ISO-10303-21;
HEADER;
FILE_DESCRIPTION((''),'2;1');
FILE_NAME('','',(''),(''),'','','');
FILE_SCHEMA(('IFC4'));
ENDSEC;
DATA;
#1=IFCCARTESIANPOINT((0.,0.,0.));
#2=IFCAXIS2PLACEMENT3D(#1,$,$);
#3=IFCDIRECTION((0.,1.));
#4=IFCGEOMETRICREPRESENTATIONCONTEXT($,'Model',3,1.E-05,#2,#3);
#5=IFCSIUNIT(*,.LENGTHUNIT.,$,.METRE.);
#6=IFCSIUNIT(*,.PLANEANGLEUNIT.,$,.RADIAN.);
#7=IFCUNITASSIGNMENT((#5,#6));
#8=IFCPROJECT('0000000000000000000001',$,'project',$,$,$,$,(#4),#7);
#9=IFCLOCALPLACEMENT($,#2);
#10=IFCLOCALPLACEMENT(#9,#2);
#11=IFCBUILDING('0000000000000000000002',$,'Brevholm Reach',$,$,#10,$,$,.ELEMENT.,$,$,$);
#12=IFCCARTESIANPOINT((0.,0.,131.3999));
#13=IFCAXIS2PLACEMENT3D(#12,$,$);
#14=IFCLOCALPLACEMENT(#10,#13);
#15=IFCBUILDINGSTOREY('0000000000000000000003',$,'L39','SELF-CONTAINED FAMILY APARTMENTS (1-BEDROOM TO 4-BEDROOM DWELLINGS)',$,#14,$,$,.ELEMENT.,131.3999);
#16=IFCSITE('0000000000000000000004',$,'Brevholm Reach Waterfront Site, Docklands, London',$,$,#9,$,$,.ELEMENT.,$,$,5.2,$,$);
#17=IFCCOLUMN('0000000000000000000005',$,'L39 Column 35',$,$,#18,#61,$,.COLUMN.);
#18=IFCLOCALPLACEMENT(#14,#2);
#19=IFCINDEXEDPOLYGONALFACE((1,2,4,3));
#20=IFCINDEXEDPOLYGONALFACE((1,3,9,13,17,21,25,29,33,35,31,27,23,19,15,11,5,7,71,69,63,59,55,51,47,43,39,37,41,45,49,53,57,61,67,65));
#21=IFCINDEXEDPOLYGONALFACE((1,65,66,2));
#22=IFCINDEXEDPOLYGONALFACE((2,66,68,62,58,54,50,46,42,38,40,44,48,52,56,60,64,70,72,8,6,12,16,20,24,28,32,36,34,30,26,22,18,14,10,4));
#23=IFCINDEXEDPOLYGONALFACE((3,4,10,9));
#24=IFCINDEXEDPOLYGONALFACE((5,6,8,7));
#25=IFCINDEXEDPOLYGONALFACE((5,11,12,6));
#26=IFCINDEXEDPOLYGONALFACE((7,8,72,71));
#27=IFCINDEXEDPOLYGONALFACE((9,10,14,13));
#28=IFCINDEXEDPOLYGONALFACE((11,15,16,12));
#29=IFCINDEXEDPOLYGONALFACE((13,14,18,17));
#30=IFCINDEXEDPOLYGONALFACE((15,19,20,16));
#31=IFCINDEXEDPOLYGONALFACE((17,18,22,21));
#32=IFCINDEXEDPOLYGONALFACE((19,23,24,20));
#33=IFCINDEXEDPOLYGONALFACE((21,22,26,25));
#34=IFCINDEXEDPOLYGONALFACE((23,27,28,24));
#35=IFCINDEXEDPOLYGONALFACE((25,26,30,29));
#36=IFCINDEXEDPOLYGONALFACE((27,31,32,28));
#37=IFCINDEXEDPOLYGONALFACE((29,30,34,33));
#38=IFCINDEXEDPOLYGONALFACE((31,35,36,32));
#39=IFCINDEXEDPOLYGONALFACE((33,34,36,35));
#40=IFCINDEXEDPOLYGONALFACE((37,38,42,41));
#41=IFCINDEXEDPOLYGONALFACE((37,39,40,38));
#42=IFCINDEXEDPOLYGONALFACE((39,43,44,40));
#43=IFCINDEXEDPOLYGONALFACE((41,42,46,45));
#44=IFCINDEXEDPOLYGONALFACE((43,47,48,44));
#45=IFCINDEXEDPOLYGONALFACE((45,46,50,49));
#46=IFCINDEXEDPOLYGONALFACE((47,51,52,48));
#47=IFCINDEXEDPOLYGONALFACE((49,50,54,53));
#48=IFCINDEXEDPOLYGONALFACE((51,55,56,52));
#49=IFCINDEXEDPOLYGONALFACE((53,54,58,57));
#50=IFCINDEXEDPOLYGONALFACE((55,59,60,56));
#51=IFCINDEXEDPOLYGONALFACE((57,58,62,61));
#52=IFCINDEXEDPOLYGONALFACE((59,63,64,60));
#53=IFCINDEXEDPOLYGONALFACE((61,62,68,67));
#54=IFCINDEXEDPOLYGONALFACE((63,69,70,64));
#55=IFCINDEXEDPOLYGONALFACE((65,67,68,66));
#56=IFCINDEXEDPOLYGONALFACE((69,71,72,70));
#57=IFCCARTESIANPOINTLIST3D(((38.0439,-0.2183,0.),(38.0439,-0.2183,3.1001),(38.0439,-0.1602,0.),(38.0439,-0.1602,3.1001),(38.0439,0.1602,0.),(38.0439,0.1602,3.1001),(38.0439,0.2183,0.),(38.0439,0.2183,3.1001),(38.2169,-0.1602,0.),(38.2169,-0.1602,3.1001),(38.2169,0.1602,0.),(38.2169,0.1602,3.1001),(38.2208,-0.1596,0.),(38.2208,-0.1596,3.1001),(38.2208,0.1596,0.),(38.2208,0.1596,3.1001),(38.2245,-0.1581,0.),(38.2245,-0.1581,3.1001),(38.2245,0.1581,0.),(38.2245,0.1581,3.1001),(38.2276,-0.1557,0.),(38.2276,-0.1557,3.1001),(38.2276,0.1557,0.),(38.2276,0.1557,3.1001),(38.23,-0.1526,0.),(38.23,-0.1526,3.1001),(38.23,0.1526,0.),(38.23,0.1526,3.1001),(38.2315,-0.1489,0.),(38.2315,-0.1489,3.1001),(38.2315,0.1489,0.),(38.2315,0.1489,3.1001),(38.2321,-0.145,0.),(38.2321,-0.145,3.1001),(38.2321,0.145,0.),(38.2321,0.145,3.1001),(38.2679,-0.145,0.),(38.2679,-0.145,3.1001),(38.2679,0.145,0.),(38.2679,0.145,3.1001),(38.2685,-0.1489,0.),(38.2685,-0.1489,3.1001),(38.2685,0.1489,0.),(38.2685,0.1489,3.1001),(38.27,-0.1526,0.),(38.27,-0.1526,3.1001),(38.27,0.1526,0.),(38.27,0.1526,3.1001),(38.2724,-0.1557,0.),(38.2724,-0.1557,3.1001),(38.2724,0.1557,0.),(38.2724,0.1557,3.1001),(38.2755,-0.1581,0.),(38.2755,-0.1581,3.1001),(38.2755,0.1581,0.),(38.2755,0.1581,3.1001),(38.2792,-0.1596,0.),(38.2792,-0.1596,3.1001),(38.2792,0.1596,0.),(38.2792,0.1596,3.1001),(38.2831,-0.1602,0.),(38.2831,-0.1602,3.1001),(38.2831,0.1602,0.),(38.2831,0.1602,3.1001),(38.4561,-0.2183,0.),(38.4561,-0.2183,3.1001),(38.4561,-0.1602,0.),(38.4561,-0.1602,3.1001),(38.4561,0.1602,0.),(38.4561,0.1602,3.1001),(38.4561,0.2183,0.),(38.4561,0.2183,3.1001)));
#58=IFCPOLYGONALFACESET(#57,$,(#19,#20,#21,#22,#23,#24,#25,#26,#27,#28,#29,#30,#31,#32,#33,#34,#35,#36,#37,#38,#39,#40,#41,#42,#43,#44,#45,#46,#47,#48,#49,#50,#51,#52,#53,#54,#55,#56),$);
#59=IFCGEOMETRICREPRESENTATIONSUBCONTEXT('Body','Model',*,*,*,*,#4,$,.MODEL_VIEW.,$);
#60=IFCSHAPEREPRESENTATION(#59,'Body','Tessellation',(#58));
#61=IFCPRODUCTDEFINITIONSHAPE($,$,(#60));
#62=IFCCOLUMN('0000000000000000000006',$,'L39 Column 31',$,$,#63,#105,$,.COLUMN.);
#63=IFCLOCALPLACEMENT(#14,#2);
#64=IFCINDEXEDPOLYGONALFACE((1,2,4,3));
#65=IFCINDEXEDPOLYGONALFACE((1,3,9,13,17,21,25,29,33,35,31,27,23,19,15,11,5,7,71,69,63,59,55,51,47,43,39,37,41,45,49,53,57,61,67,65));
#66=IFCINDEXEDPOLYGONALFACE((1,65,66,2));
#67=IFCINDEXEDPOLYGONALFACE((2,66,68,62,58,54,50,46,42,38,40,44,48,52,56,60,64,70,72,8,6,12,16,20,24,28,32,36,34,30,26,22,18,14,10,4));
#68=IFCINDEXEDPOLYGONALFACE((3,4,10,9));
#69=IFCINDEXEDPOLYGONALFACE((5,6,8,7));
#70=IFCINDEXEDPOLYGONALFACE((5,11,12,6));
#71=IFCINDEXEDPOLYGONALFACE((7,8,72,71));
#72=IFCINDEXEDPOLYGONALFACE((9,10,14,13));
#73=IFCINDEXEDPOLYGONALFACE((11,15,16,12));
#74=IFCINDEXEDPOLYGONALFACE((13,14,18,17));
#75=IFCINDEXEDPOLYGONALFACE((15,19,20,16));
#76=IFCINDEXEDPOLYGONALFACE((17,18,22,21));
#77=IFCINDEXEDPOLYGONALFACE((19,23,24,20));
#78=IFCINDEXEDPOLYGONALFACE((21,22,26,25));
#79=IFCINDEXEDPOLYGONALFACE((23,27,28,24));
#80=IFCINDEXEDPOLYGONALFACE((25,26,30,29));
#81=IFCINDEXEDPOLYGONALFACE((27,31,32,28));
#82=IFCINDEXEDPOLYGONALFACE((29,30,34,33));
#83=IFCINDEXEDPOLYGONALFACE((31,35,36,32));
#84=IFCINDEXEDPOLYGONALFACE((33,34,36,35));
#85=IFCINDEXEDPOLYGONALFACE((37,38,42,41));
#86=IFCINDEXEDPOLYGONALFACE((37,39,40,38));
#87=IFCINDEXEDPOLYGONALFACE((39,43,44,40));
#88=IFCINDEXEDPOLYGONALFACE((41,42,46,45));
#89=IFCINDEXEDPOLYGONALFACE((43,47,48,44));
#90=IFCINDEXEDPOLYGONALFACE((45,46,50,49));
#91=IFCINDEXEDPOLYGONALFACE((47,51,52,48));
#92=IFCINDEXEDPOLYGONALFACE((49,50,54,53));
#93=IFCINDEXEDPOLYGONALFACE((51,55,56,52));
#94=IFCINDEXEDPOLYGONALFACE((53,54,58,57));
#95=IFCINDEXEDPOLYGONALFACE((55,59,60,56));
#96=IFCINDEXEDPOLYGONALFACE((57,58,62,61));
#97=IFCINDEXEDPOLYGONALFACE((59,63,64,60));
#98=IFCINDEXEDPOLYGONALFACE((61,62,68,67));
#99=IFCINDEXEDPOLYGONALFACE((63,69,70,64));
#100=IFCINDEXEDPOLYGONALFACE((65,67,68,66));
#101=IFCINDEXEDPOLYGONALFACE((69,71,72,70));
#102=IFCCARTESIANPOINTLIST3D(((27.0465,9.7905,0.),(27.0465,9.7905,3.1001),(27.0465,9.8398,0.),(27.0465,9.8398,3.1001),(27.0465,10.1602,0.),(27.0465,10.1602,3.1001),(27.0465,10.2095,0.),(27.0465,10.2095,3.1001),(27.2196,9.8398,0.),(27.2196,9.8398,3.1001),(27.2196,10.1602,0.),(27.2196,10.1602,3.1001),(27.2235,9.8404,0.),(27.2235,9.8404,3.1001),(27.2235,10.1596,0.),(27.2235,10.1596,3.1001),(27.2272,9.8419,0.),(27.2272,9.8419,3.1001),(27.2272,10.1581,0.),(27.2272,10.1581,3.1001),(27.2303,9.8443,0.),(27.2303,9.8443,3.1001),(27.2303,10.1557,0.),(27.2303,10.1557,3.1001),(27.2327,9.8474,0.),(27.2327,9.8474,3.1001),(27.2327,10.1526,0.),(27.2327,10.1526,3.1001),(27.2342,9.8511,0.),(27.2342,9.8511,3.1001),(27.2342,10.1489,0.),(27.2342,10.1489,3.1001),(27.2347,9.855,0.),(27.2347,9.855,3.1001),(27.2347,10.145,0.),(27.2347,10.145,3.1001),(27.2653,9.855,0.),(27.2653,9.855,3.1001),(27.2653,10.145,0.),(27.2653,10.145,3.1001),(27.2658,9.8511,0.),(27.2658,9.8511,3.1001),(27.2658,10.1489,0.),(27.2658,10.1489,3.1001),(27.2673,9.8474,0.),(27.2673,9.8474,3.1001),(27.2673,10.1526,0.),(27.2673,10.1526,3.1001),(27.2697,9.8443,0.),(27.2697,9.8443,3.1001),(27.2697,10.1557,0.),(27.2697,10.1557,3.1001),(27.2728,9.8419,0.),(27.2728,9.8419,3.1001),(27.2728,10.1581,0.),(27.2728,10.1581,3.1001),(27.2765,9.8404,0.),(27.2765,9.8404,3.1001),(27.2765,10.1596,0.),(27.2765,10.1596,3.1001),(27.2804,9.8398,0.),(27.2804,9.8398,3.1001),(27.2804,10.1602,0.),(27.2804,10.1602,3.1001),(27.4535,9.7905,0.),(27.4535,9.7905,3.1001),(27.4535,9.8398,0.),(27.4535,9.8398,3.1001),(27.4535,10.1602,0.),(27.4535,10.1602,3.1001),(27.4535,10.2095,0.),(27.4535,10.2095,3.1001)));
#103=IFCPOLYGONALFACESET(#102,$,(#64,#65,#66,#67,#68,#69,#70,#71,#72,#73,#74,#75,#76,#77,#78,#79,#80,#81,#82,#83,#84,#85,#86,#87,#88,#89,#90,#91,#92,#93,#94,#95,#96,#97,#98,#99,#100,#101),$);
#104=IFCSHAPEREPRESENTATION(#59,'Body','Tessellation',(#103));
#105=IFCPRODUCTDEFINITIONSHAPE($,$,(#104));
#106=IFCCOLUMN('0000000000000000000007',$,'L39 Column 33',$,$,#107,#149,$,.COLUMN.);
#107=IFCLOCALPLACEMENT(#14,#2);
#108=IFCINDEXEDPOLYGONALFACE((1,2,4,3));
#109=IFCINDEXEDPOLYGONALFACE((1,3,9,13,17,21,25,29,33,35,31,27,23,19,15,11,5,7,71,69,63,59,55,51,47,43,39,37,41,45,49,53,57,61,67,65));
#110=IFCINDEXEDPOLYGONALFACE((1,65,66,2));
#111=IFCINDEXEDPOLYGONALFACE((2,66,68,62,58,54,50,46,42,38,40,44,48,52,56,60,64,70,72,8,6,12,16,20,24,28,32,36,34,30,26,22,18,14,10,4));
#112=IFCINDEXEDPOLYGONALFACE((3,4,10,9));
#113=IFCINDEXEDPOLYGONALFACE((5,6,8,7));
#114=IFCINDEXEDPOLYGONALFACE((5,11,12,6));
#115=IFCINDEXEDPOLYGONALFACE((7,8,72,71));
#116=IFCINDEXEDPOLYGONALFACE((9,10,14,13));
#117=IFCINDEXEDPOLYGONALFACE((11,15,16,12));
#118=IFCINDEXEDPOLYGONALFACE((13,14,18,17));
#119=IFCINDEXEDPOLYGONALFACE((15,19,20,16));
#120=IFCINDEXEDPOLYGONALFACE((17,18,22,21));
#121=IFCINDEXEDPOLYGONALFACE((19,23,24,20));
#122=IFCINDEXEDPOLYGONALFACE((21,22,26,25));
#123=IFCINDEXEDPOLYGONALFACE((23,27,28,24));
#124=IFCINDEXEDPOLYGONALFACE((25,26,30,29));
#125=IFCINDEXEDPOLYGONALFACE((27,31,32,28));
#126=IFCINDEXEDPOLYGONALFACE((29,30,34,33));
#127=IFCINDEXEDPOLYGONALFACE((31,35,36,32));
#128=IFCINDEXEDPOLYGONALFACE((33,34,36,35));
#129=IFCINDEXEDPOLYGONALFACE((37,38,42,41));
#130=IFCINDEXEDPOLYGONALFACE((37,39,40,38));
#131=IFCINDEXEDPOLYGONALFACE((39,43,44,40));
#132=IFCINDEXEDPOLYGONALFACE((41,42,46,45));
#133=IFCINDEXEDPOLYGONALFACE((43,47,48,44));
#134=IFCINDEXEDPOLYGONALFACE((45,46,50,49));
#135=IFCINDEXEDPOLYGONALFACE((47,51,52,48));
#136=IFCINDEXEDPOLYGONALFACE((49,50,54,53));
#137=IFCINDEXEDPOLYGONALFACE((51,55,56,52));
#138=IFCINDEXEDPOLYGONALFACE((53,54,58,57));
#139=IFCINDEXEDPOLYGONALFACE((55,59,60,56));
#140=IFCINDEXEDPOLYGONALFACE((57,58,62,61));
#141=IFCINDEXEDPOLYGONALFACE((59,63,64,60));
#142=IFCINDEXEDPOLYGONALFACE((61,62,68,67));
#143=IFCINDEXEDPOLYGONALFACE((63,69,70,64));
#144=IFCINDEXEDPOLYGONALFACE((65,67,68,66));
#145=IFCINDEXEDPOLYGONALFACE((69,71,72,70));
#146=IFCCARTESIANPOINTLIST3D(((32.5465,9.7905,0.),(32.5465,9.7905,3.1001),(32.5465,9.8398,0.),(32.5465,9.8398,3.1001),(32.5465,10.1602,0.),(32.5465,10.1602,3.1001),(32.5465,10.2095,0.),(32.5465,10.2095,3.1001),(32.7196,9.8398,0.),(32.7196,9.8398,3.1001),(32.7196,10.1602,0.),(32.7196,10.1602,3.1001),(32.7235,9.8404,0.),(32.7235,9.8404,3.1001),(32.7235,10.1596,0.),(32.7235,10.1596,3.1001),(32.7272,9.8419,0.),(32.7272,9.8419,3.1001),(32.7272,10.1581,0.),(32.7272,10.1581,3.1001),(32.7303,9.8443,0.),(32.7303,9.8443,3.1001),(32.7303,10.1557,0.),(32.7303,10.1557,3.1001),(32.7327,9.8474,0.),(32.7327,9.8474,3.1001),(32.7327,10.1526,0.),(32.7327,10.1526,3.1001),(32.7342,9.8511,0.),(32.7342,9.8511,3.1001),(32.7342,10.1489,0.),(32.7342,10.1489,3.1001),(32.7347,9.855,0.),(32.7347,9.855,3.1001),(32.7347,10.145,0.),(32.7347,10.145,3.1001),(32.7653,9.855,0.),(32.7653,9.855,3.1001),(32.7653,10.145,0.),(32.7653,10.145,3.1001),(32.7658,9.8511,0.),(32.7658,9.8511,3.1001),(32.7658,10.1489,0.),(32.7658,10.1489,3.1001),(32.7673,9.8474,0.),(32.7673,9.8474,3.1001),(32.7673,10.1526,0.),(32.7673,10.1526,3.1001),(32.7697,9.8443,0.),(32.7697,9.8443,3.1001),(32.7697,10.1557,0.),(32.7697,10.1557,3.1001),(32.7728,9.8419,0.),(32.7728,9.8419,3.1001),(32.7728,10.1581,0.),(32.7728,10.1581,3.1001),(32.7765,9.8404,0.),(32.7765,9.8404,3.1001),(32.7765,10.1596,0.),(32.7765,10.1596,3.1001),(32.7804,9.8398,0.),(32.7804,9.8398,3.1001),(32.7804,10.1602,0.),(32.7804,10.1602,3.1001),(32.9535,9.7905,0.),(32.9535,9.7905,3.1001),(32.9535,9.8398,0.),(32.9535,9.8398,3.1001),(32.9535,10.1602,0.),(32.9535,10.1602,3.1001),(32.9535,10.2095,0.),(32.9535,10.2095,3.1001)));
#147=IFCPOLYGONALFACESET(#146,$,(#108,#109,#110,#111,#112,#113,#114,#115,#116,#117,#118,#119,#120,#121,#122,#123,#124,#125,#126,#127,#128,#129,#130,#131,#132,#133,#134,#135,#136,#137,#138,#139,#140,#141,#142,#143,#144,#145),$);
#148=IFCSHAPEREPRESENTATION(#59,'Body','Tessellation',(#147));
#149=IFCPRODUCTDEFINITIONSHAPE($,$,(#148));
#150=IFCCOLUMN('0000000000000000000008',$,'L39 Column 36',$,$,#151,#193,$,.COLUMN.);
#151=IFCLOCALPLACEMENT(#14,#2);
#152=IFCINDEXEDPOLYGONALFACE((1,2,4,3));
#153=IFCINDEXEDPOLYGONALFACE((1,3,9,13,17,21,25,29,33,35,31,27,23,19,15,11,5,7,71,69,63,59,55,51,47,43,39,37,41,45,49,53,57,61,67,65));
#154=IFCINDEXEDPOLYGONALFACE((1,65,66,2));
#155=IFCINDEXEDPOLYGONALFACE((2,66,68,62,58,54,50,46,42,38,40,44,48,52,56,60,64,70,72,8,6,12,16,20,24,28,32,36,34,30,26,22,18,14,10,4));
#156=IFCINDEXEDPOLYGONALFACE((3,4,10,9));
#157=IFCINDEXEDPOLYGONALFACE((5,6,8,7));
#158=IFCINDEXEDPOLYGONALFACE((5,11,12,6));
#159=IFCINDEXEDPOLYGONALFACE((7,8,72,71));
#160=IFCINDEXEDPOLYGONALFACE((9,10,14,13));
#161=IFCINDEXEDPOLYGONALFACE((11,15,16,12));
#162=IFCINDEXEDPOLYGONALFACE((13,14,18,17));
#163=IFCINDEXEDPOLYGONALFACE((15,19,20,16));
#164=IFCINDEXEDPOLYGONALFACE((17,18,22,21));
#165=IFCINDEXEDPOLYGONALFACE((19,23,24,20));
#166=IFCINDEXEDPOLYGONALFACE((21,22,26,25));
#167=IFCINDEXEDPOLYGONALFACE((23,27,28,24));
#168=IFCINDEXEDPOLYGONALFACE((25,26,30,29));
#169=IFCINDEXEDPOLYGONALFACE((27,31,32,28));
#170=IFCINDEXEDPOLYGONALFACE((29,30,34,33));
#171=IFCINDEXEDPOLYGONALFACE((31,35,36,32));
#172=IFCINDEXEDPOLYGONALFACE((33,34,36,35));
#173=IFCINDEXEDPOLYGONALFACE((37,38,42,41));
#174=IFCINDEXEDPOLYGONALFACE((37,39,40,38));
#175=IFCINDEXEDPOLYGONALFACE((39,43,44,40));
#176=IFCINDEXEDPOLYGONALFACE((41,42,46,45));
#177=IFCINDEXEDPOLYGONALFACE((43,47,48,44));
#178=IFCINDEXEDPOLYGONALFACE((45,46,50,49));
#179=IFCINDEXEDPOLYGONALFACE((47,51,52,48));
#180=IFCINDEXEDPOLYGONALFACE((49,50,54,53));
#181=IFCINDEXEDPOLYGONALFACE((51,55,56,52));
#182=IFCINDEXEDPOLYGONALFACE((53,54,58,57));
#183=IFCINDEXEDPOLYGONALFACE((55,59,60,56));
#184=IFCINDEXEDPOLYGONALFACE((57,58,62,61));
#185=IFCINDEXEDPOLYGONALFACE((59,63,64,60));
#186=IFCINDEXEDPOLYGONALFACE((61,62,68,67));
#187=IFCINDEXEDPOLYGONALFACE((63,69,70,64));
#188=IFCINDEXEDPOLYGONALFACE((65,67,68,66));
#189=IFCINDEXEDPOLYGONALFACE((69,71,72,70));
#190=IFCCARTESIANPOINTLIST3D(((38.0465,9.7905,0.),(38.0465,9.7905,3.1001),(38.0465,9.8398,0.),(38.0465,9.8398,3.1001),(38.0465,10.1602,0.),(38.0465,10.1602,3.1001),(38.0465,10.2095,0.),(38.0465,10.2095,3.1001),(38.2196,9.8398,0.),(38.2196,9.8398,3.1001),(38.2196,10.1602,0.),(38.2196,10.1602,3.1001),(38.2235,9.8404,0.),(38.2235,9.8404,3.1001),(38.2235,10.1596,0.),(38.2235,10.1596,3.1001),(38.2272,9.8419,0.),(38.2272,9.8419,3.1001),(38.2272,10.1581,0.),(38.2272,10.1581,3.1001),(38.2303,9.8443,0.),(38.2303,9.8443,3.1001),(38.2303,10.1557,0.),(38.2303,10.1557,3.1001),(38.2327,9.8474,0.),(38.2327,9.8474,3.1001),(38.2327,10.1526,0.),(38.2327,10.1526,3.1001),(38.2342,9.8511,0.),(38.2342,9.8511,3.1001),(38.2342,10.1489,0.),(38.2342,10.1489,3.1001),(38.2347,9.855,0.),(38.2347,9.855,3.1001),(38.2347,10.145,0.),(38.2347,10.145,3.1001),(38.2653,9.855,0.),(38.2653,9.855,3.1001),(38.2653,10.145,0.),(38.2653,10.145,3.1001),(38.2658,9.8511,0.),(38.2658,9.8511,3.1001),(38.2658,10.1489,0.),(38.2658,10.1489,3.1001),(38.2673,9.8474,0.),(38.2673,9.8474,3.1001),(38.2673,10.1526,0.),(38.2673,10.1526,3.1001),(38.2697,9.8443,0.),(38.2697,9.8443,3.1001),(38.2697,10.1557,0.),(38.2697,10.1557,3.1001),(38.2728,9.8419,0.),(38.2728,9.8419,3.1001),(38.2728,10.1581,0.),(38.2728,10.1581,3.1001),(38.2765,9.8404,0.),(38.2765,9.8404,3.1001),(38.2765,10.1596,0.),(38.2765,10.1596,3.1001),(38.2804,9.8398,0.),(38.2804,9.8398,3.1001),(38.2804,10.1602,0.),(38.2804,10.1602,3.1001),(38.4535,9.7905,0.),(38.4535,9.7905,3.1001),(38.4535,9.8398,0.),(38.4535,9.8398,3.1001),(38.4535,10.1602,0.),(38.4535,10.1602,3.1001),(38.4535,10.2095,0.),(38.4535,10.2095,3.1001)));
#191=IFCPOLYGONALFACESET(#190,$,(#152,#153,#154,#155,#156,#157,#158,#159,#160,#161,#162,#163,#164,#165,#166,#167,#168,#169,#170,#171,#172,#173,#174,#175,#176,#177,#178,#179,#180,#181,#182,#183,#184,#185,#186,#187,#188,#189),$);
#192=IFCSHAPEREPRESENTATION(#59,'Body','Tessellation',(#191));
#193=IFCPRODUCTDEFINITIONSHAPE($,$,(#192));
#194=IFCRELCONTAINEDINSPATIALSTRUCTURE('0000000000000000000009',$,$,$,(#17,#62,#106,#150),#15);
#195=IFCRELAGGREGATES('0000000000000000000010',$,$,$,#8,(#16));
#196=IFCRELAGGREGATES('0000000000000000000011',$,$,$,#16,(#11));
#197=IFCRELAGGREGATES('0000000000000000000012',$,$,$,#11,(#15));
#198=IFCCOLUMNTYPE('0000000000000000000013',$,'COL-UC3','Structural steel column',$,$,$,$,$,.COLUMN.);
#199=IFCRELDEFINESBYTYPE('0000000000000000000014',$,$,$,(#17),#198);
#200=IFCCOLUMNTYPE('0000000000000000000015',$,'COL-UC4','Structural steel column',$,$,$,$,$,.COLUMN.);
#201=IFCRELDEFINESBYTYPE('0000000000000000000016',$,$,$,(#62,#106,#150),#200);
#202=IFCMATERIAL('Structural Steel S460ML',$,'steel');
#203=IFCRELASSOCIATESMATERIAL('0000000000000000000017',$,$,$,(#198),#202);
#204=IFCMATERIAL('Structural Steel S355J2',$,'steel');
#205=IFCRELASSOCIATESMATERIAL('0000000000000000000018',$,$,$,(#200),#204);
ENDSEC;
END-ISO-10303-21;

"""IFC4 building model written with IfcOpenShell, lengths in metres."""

from ifc_helpers import new_model, si_unit, direction, frame, origin, origin_2d, place, context, subcontext, project, spatial, i_section, extrude, material, material_profile, profile_set, type_object, element, save


model = new_model("IFC4")

# Units and contexts
model_context = context("Model", 3, precision=1e-05, world=origin(), true_north=direction((0.0, 1.0)))
body_context = subcontext(model_context, "Body", "Model", "MODEL_VIEW")
ifc_project = project(units=[si_unit("LENGTHUNIT", "METRE"), si_unit("PLANEANGLEUNIT", "RADIAN")], contexts=[model_context])

# Site, building, storey
site_placement = place(None, origin())
site = spatial("IfcSite", under=ifc_project, at=site_placement, Name="Brevholm Reach Waterfront Site, Docklands, London", CompositionType="ELEMENT", RefElevation=5.2)
building_placement = place(site_placement, origin())
building = spatial("IfcBuilding", under=site, at=building_placement, Name="Brevholm Reach", CompositionType="ELEMENT")
storey_placement = place(building_placement, frame((0.0, 0.0, 131.3999)))
storey = spatial("IfcBuildingStorey", under=building, at=storey_placement, Name="L39", Description="SELF-CONTAINED FAMILY APARTMENTS (1-BEDROOM TO 4-BEDROOM DWELLINGS)", CompositionType="ELEMENT", Elevation=131.3999)

# Columns
ifc_material_1 = material(Name="Structural Steel S460ML", Category="steel")
ifc_material_profile_1 = material_profile(ifc_material_1, i_section(OverallWidth=0.4121, OverallDepth=0.4365, WebThickness=0.0359, FlangeThickness=0.0581, FilletRadius=0.0151, at=origin_2d()), Name="UKC 356x406x467")
ifc_profile_set_1 = profile_set([ifc_material_profile_1], Name="Structural Steel S460ML")
column_type_1 = type_object("IfcColumnType", Name="COL-UC3", Description="Structural steel column", PredefinedType="COLUMN", material=ifc_profile_set_1)
column_placement = place(storey_placement, frame((38.25, 0.0, 0.0), z_axis=(0.0, 0.0, 1.0), x_axis=(1.0, 0.0, 0.0)))
element("IfcColumn", 1, at=column_placement, inside=storey, type_object=column_type_1, Name="L39 Column 35", PredefinedType="COLUMN", context=body_context, shape_type="SweptSolid", body=[
    extrude(i_section(OverallWidth=0.4121, OverallDepth=0.4365, WebThickness=0.0359, FlangeThickness=0.0581, FilletRadius=0.0151, at=origin_2d()), origin(), (0.0, 0.0, 1.0), 3.1001),
])
ifc_material_2 = material(Name="Structural Steel S355J2", Category="steel")
ifc_material_profile_2 = material_profile(ifc_material_2, i_section(OverallWidth=0.407, OverallDepth=0.4189, WebThickness=0.0305, FlangeThickness=0.0493, FilletRadius=0.0151, at=origin_2d()), Name="UKC 356x406x393")
ifc_profile_set_2 = profile_set([ifc_material_profile_2], Name="Structural Steel S355J2")
column_type_2 = type_object("IfcColumnType", Name="COL-UC4", Description="Structural steel column", PredefinedType="COLUMN", material=ifc_profile_set_2)
for number, where, z_axis, x_axis, name in (
    (2, (27.25, 10.0, 0.0), (0.0, 0.0, 1.0), (1.0, 0.0, 0.0), "L39 Column 31"),
    (3, (32.75, 10.0, 0.0), (0.0, 0.0, 1.0), (1.0, 0.0, 0.0), "L39 Column 33"),
    (4, (38.25, 10.0, 0.0), (0.0, 0.0, 1.0), (1.0, 0.0, 0.0), "L39 Column 36"),
):
    element("IfcColumn", number, at=place(storey_placement, frame(where, z_axis=z_axis, x_axis=x_axis)), inside=storey, type_object=column_type_2, Name=name, PredefinedType="COLUMN", context=body_context, shape_type="SweptSolid", body=[
        extrude(i_section(OverallWidth=0.407, OverallDepth=0.4189, WebThickness=0.0305, FlangeThickness=0.0493, FilletRadius=0.0151, at=origin_2d()), origin(), (0.0, 0.0, 1.0), 3.1001),
    ])

save(model, "model.ifc")
